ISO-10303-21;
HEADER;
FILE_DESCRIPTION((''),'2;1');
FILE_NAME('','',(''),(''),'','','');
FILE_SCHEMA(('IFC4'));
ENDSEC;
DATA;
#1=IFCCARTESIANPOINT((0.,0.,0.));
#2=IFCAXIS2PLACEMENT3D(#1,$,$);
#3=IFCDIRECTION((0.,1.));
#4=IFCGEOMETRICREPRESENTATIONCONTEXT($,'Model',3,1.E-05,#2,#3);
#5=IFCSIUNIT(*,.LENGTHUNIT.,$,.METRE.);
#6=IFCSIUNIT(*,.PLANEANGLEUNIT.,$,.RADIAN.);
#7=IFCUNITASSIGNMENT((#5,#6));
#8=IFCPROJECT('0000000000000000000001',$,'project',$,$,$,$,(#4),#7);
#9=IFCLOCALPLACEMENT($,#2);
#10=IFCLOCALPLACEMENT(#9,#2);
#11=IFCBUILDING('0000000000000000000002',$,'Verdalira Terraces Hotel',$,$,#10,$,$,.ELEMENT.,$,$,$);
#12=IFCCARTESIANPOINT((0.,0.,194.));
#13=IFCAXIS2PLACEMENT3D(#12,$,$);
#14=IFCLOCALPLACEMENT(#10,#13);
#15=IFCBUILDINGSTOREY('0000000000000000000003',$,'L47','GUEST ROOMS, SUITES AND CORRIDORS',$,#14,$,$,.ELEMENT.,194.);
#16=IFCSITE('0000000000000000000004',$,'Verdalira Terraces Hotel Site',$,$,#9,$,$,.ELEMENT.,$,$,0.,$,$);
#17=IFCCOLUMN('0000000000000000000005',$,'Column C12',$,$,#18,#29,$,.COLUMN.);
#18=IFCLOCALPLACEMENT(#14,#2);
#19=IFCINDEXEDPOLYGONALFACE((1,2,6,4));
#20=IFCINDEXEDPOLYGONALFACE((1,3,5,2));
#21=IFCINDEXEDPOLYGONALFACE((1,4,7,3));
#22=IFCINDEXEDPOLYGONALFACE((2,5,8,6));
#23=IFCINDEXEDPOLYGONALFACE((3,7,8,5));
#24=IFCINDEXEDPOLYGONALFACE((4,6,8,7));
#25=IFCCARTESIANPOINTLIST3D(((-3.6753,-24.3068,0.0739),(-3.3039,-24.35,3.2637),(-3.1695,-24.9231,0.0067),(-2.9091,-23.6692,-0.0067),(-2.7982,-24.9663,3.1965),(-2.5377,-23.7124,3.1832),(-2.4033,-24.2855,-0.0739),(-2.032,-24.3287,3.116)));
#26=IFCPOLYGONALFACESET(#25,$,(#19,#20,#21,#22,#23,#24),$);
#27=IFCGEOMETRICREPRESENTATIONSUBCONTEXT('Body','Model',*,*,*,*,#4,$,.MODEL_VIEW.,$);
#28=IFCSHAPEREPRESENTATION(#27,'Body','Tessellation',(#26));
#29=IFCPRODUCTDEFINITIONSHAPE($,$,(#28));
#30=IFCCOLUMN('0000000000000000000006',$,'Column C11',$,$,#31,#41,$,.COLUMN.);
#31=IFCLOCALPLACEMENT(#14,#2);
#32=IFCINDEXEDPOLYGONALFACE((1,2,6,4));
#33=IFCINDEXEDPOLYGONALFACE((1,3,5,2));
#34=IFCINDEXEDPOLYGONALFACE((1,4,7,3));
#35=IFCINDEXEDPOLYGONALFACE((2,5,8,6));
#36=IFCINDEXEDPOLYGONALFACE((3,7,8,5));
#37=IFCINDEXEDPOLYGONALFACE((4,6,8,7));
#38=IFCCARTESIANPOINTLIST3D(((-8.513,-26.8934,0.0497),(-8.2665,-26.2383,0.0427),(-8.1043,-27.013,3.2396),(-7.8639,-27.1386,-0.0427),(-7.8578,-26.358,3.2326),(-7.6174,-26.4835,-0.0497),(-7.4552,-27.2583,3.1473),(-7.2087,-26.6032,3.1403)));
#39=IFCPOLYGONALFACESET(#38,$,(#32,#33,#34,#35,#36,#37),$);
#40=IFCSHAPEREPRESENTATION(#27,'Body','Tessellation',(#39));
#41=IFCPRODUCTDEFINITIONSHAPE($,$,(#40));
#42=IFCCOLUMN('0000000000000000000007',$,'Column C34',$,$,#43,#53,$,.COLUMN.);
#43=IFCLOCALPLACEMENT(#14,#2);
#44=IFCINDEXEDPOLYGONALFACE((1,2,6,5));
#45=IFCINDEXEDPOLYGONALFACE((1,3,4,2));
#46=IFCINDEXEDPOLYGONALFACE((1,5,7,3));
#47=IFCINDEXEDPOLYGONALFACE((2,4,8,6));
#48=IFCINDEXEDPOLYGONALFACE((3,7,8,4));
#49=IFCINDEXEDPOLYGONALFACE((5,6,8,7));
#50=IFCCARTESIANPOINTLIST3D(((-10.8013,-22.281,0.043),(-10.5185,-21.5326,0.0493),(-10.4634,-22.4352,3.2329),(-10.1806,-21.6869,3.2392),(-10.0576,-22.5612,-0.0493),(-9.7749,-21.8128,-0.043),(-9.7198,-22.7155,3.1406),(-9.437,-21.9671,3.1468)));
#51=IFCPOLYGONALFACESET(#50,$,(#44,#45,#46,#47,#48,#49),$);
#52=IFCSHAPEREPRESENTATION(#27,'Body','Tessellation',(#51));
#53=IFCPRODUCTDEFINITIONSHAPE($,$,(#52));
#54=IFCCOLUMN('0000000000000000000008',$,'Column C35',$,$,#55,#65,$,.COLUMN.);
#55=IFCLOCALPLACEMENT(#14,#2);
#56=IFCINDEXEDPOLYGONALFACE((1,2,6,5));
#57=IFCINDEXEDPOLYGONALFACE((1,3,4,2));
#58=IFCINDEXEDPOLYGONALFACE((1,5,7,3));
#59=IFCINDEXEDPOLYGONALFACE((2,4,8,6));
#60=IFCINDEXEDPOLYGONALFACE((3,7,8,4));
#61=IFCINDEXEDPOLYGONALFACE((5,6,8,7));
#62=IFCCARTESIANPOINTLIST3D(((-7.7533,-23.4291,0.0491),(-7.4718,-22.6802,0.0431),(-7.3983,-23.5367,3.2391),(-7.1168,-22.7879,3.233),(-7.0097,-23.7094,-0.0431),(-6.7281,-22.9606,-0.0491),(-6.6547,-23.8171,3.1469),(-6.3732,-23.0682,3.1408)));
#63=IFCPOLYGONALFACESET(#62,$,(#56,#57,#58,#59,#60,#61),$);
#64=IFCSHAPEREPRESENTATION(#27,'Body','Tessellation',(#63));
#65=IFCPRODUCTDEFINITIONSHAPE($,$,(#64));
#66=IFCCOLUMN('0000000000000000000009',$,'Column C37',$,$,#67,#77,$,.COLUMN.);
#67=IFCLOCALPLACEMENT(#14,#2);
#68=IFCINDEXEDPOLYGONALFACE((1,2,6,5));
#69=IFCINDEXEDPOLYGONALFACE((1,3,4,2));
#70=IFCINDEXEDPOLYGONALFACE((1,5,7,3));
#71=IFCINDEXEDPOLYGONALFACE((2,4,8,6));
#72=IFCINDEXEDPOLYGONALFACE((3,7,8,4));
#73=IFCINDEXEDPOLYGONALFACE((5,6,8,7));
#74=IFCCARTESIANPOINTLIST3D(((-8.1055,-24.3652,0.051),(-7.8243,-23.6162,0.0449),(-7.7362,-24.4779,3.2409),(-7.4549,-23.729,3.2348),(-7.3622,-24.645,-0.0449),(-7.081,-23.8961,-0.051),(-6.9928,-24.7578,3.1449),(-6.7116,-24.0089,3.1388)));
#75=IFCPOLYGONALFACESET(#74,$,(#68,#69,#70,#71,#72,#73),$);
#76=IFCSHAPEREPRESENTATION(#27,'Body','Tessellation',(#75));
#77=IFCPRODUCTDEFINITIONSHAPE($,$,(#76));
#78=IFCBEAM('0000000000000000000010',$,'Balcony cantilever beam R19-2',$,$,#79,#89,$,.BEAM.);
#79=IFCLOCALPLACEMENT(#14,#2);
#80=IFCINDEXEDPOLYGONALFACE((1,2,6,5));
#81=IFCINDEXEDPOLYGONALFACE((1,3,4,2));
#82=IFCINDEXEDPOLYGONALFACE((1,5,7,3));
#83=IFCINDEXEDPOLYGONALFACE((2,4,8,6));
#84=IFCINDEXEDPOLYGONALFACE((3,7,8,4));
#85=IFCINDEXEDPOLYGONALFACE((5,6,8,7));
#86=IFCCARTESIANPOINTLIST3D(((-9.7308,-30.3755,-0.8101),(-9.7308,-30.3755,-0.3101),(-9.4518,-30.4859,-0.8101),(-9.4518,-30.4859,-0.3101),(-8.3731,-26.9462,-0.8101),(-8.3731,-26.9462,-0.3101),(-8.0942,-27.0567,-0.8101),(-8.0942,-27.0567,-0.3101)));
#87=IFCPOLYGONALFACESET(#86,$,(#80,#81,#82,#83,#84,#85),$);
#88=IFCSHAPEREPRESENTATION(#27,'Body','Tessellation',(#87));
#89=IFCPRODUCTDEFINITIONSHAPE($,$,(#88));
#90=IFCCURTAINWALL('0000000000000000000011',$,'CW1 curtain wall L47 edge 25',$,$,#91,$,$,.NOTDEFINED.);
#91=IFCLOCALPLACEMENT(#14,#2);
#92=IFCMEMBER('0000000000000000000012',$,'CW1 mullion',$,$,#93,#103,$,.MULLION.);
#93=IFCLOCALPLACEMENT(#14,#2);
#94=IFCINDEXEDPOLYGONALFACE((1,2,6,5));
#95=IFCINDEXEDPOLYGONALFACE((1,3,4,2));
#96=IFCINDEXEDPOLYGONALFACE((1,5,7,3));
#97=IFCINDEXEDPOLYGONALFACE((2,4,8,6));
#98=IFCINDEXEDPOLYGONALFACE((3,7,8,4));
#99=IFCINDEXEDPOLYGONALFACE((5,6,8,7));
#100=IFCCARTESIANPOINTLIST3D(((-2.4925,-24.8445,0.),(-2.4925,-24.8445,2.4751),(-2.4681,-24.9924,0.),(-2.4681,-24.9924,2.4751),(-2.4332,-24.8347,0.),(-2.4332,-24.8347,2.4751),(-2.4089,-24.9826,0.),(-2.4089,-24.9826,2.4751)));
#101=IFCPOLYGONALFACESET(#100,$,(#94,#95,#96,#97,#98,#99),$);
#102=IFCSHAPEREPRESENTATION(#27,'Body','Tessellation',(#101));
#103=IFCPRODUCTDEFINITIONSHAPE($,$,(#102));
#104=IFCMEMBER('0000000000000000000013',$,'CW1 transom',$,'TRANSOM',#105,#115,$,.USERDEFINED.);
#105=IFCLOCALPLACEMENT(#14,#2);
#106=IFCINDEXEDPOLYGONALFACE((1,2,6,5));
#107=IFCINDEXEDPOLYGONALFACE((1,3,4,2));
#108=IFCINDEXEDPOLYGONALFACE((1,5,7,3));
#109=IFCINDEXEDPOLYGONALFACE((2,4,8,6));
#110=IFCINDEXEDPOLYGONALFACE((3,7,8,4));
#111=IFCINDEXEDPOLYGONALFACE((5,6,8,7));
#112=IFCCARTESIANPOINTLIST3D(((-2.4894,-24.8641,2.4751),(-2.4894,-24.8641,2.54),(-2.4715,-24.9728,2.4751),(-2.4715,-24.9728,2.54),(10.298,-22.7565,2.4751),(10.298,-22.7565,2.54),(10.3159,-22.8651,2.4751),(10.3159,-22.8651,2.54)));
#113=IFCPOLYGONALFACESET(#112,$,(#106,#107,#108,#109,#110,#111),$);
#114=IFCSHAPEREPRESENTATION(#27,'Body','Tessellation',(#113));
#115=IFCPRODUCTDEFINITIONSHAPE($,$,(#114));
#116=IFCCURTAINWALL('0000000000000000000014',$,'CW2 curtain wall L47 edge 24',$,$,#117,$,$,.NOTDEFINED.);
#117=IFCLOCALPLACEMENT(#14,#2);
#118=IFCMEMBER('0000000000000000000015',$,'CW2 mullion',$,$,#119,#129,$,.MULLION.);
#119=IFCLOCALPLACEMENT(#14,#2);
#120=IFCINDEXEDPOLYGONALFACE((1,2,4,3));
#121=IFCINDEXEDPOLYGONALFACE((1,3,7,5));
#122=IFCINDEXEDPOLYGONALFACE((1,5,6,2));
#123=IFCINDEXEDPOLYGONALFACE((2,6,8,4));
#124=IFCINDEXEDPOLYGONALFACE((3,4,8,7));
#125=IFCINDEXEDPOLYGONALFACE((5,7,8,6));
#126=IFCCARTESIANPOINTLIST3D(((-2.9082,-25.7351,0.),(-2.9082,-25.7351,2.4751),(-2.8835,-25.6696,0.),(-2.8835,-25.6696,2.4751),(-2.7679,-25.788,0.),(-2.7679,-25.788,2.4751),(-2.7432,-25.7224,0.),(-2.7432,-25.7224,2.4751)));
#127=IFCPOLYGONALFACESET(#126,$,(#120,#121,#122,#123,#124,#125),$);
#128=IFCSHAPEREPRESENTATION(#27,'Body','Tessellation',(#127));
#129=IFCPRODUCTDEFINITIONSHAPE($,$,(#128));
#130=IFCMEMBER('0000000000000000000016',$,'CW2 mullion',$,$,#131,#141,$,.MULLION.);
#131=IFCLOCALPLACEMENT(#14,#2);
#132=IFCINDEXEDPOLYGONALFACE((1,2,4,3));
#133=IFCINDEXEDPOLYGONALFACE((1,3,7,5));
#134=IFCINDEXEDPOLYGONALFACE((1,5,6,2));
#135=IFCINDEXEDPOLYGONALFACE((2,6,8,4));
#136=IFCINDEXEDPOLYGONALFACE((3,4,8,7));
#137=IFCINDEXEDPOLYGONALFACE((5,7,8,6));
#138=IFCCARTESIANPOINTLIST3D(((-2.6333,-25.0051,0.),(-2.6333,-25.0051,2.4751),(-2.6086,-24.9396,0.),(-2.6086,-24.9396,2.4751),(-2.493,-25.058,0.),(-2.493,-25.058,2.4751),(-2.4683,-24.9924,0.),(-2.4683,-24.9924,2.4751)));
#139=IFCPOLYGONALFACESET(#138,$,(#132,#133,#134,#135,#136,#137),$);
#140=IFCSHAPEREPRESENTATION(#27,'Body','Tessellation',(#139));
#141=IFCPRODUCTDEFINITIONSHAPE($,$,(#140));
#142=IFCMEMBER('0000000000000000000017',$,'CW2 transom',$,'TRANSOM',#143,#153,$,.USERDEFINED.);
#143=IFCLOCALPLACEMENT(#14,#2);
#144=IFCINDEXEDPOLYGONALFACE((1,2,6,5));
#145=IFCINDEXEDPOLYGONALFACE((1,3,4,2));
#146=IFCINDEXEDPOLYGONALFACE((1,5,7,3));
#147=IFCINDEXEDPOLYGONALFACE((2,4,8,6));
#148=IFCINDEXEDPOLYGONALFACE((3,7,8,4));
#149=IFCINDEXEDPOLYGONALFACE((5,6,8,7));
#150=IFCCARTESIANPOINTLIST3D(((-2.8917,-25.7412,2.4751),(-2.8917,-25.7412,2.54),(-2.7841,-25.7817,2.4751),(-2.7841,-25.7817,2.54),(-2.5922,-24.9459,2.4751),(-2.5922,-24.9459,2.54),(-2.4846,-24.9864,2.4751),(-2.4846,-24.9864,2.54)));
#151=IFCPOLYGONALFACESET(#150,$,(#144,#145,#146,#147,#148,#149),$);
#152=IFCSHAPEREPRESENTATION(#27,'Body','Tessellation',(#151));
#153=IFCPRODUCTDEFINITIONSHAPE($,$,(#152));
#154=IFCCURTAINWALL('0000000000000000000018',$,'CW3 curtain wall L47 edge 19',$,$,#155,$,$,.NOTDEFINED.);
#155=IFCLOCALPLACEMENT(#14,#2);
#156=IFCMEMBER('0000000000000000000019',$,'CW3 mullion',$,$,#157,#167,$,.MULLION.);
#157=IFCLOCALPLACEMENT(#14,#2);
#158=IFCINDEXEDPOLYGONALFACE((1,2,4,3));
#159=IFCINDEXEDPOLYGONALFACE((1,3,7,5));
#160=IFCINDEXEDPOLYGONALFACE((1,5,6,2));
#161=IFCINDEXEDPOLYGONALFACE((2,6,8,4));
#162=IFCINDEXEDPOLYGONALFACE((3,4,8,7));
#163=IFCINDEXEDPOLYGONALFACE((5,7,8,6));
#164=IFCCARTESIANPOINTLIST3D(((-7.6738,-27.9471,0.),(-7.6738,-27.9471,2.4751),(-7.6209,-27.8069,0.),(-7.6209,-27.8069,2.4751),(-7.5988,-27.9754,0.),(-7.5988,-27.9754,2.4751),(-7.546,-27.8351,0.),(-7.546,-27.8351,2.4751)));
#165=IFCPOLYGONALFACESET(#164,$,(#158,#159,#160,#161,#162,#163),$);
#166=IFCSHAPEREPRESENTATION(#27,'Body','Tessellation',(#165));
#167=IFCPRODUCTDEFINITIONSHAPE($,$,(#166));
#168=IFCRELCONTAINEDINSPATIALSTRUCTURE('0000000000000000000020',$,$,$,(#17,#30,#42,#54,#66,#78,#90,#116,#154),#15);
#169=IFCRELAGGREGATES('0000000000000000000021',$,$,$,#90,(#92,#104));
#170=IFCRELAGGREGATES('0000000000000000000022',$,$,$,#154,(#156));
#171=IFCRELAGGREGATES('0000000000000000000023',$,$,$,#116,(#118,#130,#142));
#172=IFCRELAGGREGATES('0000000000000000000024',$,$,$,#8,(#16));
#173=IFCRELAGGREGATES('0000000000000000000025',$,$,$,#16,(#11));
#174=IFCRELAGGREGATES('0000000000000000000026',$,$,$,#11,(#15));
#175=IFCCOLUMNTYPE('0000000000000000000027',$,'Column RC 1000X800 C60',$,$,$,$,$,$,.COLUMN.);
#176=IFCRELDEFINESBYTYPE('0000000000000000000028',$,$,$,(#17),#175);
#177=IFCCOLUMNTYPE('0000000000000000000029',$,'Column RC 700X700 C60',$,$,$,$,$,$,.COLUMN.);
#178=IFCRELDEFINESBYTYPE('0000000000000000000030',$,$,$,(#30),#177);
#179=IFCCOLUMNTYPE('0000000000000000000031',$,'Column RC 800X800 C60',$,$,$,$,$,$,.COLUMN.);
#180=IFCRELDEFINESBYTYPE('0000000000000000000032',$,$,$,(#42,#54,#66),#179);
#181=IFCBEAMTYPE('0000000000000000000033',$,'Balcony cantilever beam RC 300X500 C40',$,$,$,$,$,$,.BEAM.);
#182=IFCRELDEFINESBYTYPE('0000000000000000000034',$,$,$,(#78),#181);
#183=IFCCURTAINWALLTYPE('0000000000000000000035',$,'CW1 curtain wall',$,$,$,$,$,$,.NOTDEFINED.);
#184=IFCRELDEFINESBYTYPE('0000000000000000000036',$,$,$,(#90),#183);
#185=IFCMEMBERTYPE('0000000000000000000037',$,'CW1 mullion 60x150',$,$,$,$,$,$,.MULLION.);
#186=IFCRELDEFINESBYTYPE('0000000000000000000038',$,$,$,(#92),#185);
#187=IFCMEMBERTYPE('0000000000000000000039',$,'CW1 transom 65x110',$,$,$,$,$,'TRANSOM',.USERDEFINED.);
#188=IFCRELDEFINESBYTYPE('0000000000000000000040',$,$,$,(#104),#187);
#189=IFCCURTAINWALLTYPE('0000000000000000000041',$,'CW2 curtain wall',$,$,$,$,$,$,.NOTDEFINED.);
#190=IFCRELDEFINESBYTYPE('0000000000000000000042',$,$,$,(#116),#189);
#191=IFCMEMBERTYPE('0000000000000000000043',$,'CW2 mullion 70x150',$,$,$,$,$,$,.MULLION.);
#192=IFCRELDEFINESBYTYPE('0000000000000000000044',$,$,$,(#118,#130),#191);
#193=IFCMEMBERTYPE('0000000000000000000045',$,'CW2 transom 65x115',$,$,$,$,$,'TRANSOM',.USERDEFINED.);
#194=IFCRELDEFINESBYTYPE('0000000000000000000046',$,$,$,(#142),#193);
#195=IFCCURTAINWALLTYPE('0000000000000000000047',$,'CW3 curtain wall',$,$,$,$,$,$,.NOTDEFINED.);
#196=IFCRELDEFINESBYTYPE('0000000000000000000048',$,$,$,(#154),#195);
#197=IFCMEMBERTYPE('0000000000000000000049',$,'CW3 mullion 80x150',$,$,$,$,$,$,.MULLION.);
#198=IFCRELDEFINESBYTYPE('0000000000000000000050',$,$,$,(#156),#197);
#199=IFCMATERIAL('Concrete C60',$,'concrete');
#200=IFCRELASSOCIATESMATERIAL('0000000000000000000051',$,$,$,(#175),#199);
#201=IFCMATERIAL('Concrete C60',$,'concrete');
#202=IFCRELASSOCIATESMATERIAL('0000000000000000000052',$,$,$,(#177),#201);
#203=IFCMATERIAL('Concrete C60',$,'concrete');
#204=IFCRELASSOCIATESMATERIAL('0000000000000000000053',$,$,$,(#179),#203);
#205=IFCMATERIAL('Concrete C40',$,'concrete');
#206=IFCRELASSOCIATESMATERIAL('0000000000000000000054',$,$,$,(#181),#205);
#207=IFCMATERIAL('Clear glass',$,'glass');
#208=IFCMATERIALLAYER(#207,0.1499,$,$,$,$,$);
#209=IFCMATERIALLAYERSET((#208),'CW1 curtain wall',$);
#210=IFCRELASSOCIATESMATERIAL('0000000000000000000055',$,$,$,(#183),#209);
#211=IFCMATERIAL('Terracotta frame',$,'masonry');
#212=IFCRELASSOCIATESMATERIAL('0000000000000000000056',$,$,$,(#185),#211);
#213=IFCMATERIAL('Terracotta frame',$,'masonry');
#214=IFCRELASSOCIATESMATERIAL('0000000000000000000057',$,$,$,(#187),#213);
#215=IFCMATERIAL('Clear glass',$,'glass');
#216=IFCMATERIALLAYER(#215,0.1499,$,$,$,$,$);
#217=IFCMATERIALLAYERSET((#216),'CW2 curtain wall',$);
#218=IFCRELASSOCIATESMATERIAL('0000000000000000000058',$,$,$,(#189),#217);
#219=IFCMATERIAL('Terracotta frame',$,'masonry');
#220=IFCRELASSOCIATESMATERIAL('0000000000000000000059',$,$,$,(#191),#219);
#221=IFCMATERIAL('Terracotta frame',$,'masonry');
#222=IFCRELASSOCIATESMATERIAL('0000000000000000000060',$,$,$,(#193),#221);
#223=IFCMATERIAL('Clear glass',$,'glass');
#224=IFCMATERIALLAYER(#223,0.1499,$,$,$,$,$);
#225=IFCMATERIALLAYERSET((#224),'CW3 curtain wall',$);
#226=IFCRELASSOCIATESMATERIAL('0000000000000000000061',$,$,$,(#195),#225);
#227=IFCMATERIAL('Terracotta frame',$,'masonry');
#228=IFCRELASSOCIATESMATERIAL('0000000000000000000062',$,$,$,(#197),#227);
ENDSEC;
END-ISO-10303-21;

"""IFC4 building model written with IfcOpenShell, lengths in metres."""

from ifc_helpers import new_model, si_unit, direction, frame, origin, origin_2d, place, context, subcontext, project, spatial, rectangle, extrude, material, layer, layer_set, material_profile, profile_set, type_object, element, aggregate, save


model = new_model("IFC4")

# Units and contexts
model_context = context("Model", 3, precision=1e-05, world=origin(), true_north=direction((0.0, 1.0)))
body_context = subcontext(model_context, "Body", "Model", "MODEL_VIEW")
ifc_project = project(units=[si_unit("LENGTHUNIT", "METRE"), si_unit("PLANEANGLEUNIT", "RADIAN")], contexts=[model_context])

# Site, building, storey
site_placement = place(None, origin())
site = spatial("IfcSite", under=ifc_project, at=site_placement, Name="Verdalira Terraces Hotel Site", CompositionType="ELEMENT", RefElevation=0.0)
building_placement = place(site_placement, origin())
building = spatial("IfcBuilding", under=site, at=building_placement, Name="Verdalira Terraces Hotel", CompositionType="ELEMENT")
storey_placement = place(building_placement, frame((0.0, 0.0, 194.0)))
storey = spatial("IfcBuildingStorey", under=building, at=storey_placement, Name="L47", Description="GUEST ROOMS, SUITES AND CORRIDORS", CompositionType="ELEMENT", Elevation=194.0)

# Columns
ifc_material_1 = material(Name="Concrete C60", Category="concrete")
ifc_material_profile_1 = material_profile(ifc_material_1, rectangle(XDim=1.0, YDim=0.8, at=origin_2d()), Name="RC 1000X800")
ifc_profile_set_1 = profile_set([ifc_material_profile_1], Name="Concrete C60")
column_type_1 = type_object("IfcColumnType", Name="Column RC 1000X800 C60", PredefinedType="COLUMN", material=ifc_profile_set_1)
column_1_placement = place(storey_placement, frame((-3.0393, -24.2961, 0.0), z_axis=(0.115618, -0.013455, 0.993203), x_axis=(-0.766196, -0.637537, 0.080556)))
element("IfcColumn", 1, at=column_1_placement, inside=storey, type_object=column_type_1, Name="Column C12", PredefinedType="COLUMN", context=body_context, shape_type="SweptSolid", body=[
    extrude(rectangle(XDim=1.0, YDim=0.8, at=origin_2d()), origin(), (0.0, 0.0, 1.0), 3.2117),
])
ifc_material_2 = material(Name="Concrete C60", Category="concrete")
ifc_material_profile_2 = material_profile(ifc_material_2, rectangle(XDim=0.7, YDim=0.7, at=origin_2d()), Name="RC 700X700")
ifc_profile_set_2 = profile_set([ifc_material_profile_2], Name="Concrete C60")
column_type_2 = type_object("IfcColumnType", Name="Column RC 700X700 C60", PredefinedType="COLUMN", material=ifc_profile_set_2)
column_2_placement = place(storey_placement, frame((-8.0652, -26.6885, 0.0), z_axis=(0.126992, -0.037172, 0.991207), x_axis=(0.927284, -0.350337, -0.131941)))
element("IfcColumn", 2, at=column_2_placement, inside=storey, type_object=column_type_2, Name="Column C11", PredefinedType="COLUMN", context=body_context, shape_type="SweptSolid", body=[
    extrude(rectangle(XDim=0.7, YDim=0.7, at=origin_2d()), origin(), (0.0, 0.0, 1.0), 3.2183),
])
ifc_material_3 = material(Name="Concrete C60", Category="concrete")
ifc_material_profile_3 = material_profile(ifc_material_3, rectangle(XDim=0.8, YDim=0.8, at=origin_2d()), Name="RC 800X800")
ifc_profile_set_3 = profile_set([ifc_material_profile_3], Name="Concrete C60")
column_type_3 = type_object("IfcColumnType", Name="Column RC 800X800 C60", PredefinedType="COLUMN", material=ifc_profile_set_3)
for number, where, z_axis, x_axis, name in (
    (3, (-10.2881, -22.0469, 0.0), (0.105213, -0.048045, 0.993288), (-0.353456, -0.935419, -0.007807), "Column C34"),
    (4, (-7.2407, -23.1948, 0.0), (0.110536, -0.033526, 0.993306), (-0.351917, -0.936001, 0.00757), "Column C35"),
):
    element("IfcColumn", number, at=place(storey_placement, frame(where, z_axis=z_axis, x_axis=x_axis)), inside=storey, type_object=column_type_3, Name=name, PredefinedType="COLUMN", context=body_context, shape_type="SweptSolid", body=[
        extrude(rectangle(XDim=0.8, YDim=0.8, at=origin_2d()), origin(), (0.0, 0.0, 1.0), 3.2114),
    ])
column_3_placement = place(storey_placement, frame((-7.5933, -24.1306, 0.0), z_axis=(0.114957, -0.035103, 0.99275), x_axis=(-0.351507, -0.936155, 0.007602)))
element("IfcColumn", 5, at=column_3_placement, inside=storey, type_object=column_type_3, Name="Column C37", PredefinedType="COLUMN", context=body_context, shape_type="SweptSolid", body=[
    extrude(rectangle(XDim=0.8, YDim=0.8, at=origin_2d()), origin(), (0.0, 0.0, 1.0), 3.2131),
])

# Beam
ifc_material_4 = material(Name="Concrete C40", Category="concrete")
ifc_material_profile_4 = material_profile(ifc_material_4, rectangle(XDim=0.3, YDim=0.5, at=origin_2d()), Name="RC 300X500")
ifc_profile_set_4 = profile_set([ifc_material_profile_4], Name="Concrete C40")
beam_type_1 = type_object("IfcBeamType", Name="Balcony cantilever beam RC 300X500 C40", PredefinedType="BEAM", material=ifc_profile_set_4)
beam_1_placement = place(storey_placement, frame((-8.2336, -27.0015, -0.5601), z_axis=(-0.368113, -0.929781, 0.0), x_axis=(0.929781, -0.368113, 0.0)))
element("IfcBeam", 6, at=beam_1_placement, inside=storey, type_object=beam_type_1, Name="Balcony cantilever beam R19-2", PredefinedType="BEAM", context=body_context, shape_type="SweptSolid", body=[
    extrude(rectangle(XDim=0.3, YDim=0.5, at=origin_2d()), origin(), (0.0, 0.0, 1.0), 3.6882),
])

# Curtain walls, members
ifc_material_5 = material(Name="Clear glass", Category="glass")
ifc_layer_1 = layer(ifc_material_5, 0.1499)
ifc_layer_set_1 = layer_set([ifc_layer_1], Name="CW1 curtain wall")
curtain_wall_type_1 = type_object("IfcCurtainWallType", Name="CW1 curtain wall", PredefinedType="NOTDEFINED", material=ifc_layer_set_1)
curtain_wall_1_placement = place(storey_placement, origin())
curtain_wall_1 = element("IfcCurtainWall", 7, at=curtain_wall_1_placement, inside=storey, type_object=curtain_wall_type_1, Name="CW1 curtain wall L47 edge 25", PredefinedType="NOTDEFINED")
ifc_material_6 = material(Name="Terracotta frame", Category="masonry")
ifc_material_profile_5 = material_profile(ifc_material_6, rectangle(XDim=0.0601, YDim=0.1499, at=origin_2d()), Name="MU 60x150")
ifc_profile_set_5 = profile_set([ifc_material_profile_5], Name="Terracotta frame")
member_type_1 = type_object("IfcMemberType", Name="CW1 mullion 60x150", PredefinedType="MULLION", material=ifc_profile_set_5)
member_1_placement = place(storey_placement, frame((-2.4507, -24.9136, 0.0), z_axis=(0.0, 0.0, 1.0), x_axis=(0.986686, 0.162637, 0.0)))
member_1 = element("IfcMember", 8, at=member_1_placement, type_object=member_type_1, Name="CW1 mullion", PredefinedType="MULLION", context=body_context, shape_type="SweptSolid", body=[
    extrude(rectangle(XDim=0.0601, YDim=0.1499, at=origin_2d()), origin(), (0.0, 0.0, 1.0), 2.4751),
])
ifc_material_7 = material(Name="Terracotta frame", Category="masonry")
ifc_material_profile_6 = material_profile(ifc_material_7, rectangle(XDim=0.1101, YDim=0.0649, at=origin_2d()), Name="TR 65x110")
ifc_profile_set_6 = profile_set([ifc_material_profile_6], Name="Terracotta frame")
member_type_2 = type_object("IfcMemberType", Name="CW1 transom 65x110", ElementType="TRANSOM", PredefinedType="USERDEFINED", material=ifc_profile_set_6)
member_2_placement = place(storey_placement, frame((-2.4805, -24.9185, 2.5076), z_axis=(0.986687, 0.16263, 0.0), x_axis=(-0.16263, 0.986687, 0.0)))
member_2 = element("IfcMember", 9, at=member_2_placement, type_object=member_type_2, Name="CW1 transom", ObjectType="TRANSOM", PredefinedType="USERDEFINED", context=body_context, shape_type="SweptSolid", body=[
    extrude(rectangle(XDim=0.1101, YDim=0.0649, at=origin_2d()), origin(), (0.0, 0.0, 1.0), 12.96),
])
aggregate(curtain_wall_1, [member_1, member_2])
ifc_material_8 = material(Name="Clear glass", Category="glass")
ifc_layer_2 = layer(ifc_material_8, 0.1499)
ifc_layer_set_2 = layer_set([ifc_layer_2], Name="CW2 curtain wall")
curtain_wall_type_2 = type_object("IfcCurtainWallType", Name="CW2 curtain wall", PredefinedType="NOTDEFINED", material=ifc_layer_set_2)
curtain_wall_2_placement = place(storey_placement, origin())
curtain_wall_2 = element("IfcCurtainWall", 10, at=curtain_wall_2_placement, inside=storey, type_object=curtain_wall_type_2, Name="CW2 curtain wall L47 edge 24", PredefinedType="NOTDEFINED")
ifc_material_9 = material(Name="Terracotta frame", Category="masonry")
ifc_material_profile_7 = material_profile(ifc_material_9, rectangle(XDim=0.0701, YDim=0.1499, at=origin_2d()), Name="MU 70x150")
ifc_profile_set_7 = profile_set([ifc_material_profile_7], Name="Terracotta frame")
member_type_3 = type_object("IfcMemberType", Name="CW2 mullion 70x150", PredefinedType="MULLION", material=ifc_profile_set_7)
member_3_placement = place(storey_placement, frame((-2.8257, -25.7288, 0.0), z_axis=(0.0, 0.0, 1.0), x_axis=(0.352495, 0.935814, 0.0)))
member_3 = element("IfcMember", 11, at=member_3_placement, type_object=member_type_3, Name="CW2 mullion", PredefinedType="MULLION", context=body_context, shape_type="SweptSolid", body=[
    extrude(rectangle(XDim=0.0701, YDim=0.1499, at=origin_2d()), origin(), (0.0, 0.0, 1.0), 2.4751),
])
member_4_placement = place(storey_placement, frame((-2.5508, -24.9988, 0.0), z_axis=(0.0, 0.0, 1.0), x_axis=(0.352495, 0.935814, 0.0)))
member_4 = element("IfcMember", 12, at=member_4_placement, type_object=member_type_3, Name="CW2 mullion", PredefinedType="MULLION", context=body_context, shape_type="SweptSolid", body=[
    extrude(rectangle(XDim=0.0701, YDim=0.1499, at=origin_2d()), origin(), (0.0, 0.0, 1.0), 2.4751),
])
ifc_material_10 = material(Name="Terracotta frame", Category="masonry")
ifc_material_profile_8 = material_profile(ifc_material_10, rectangle(XDim=0.115, YDim=0.0649, at=origin_2d()), Name="TR 65x115")
ifc_profile_set_8 = profile_set([ifc_material_profile_8], Name="Terracotta frame")
member_type_4 = type_object("IfcMemberType", Name="CW2 transom 65x115", ElementType="TRANSOM", PredefinedType="USERDEFINED", material=ifc_profile_set_8)
member_5_placement = place(storey_placement, frame((-2.8379, -25.7615, 2.5076), z_axis=(0.352445, 0.935832, 0.0), x_axis=(-0.935832, 0.352445, 0.0)))
member_5 = element("IfcMember", 13, at=member_5_placement, type_object=member_type_4, Name="CW2 transom", ObjectType="TRANSOM", PredefinedType="USERDEFINED", context=body_context, shape_type="SweptSolid", body=[
    extrude(rectangle(XDim=0.115, YDim=0.0649, at=origin_2d()), origin(), (0.0, 0.0, 1.0), 0.8499),
])

# Curtain wall, member
ifc_material_11 = material(Name="Clear glass", Category="glass")
ifc_layer_3 = layer(ifc_material_11, 0.1499)
ifc_layer_set_3 = layer_set([ifc_layer_3], Name="CW3 curtain wall")
curtain_wall_type_3 = type_object("IfcCurtainWallType", Name="CW3 curtain wall", PredefinedType="NOTDEFINED", material=ifc_layer_set_3)
curtain_wall_3_placement = place(storey_placement, origin())
curtain_wall_3 = element("IfcCurtainWall", 14, at=curtain_wall_3_placement, inside=storey, type_object=curtain_wall_type_3, Name="CW3 curtain wall L47 edge 19", PredefinedType="NOTDEFINED")
ifc_material_12 = material(Name="Terracotta frame", Category="masonry")
ifc_material_profile_9 = material_profile(ifc_material_12, rectangle(XDim=0.0801, YDim=0.1499, at=origin_2d()), Name="MU 80x150")
ifc_profile_set_9 = profile_set([ifc_material_profile_9], Name="Terracotta frame")
member_type_5 = type_object("IfcMemberType", Name="CW3 mullion 80x150", PredefinedType="MULLION", material=ifc_profile_set_9)
member_6_placement = place(storey_placement, frame((-7.6099, -27.8911, 0.0), z_axis=(0.0, 0.0, 1.0), x_axis=(0.935814, -0.352495, 0.0)))
member_6 = element("IfcMember", 15, at=member_6_placement, type_object=member_type_5, Name="CW3 mullion", PredefinedType="MULLION", context=body_context, shape_type="SweptSolid", body=[
    extrude(rectangle(XDim=0.0801, YDim=0.1499, at=origin_2d()), origin(), (0.0, 0.0, 1.0), 2.4751),
])
aggregate(curtain_wall_3, [member_6])

aggregate(curtain_wall_2, [member_3, member_4, member_5])

save(model, "model.ifc")
